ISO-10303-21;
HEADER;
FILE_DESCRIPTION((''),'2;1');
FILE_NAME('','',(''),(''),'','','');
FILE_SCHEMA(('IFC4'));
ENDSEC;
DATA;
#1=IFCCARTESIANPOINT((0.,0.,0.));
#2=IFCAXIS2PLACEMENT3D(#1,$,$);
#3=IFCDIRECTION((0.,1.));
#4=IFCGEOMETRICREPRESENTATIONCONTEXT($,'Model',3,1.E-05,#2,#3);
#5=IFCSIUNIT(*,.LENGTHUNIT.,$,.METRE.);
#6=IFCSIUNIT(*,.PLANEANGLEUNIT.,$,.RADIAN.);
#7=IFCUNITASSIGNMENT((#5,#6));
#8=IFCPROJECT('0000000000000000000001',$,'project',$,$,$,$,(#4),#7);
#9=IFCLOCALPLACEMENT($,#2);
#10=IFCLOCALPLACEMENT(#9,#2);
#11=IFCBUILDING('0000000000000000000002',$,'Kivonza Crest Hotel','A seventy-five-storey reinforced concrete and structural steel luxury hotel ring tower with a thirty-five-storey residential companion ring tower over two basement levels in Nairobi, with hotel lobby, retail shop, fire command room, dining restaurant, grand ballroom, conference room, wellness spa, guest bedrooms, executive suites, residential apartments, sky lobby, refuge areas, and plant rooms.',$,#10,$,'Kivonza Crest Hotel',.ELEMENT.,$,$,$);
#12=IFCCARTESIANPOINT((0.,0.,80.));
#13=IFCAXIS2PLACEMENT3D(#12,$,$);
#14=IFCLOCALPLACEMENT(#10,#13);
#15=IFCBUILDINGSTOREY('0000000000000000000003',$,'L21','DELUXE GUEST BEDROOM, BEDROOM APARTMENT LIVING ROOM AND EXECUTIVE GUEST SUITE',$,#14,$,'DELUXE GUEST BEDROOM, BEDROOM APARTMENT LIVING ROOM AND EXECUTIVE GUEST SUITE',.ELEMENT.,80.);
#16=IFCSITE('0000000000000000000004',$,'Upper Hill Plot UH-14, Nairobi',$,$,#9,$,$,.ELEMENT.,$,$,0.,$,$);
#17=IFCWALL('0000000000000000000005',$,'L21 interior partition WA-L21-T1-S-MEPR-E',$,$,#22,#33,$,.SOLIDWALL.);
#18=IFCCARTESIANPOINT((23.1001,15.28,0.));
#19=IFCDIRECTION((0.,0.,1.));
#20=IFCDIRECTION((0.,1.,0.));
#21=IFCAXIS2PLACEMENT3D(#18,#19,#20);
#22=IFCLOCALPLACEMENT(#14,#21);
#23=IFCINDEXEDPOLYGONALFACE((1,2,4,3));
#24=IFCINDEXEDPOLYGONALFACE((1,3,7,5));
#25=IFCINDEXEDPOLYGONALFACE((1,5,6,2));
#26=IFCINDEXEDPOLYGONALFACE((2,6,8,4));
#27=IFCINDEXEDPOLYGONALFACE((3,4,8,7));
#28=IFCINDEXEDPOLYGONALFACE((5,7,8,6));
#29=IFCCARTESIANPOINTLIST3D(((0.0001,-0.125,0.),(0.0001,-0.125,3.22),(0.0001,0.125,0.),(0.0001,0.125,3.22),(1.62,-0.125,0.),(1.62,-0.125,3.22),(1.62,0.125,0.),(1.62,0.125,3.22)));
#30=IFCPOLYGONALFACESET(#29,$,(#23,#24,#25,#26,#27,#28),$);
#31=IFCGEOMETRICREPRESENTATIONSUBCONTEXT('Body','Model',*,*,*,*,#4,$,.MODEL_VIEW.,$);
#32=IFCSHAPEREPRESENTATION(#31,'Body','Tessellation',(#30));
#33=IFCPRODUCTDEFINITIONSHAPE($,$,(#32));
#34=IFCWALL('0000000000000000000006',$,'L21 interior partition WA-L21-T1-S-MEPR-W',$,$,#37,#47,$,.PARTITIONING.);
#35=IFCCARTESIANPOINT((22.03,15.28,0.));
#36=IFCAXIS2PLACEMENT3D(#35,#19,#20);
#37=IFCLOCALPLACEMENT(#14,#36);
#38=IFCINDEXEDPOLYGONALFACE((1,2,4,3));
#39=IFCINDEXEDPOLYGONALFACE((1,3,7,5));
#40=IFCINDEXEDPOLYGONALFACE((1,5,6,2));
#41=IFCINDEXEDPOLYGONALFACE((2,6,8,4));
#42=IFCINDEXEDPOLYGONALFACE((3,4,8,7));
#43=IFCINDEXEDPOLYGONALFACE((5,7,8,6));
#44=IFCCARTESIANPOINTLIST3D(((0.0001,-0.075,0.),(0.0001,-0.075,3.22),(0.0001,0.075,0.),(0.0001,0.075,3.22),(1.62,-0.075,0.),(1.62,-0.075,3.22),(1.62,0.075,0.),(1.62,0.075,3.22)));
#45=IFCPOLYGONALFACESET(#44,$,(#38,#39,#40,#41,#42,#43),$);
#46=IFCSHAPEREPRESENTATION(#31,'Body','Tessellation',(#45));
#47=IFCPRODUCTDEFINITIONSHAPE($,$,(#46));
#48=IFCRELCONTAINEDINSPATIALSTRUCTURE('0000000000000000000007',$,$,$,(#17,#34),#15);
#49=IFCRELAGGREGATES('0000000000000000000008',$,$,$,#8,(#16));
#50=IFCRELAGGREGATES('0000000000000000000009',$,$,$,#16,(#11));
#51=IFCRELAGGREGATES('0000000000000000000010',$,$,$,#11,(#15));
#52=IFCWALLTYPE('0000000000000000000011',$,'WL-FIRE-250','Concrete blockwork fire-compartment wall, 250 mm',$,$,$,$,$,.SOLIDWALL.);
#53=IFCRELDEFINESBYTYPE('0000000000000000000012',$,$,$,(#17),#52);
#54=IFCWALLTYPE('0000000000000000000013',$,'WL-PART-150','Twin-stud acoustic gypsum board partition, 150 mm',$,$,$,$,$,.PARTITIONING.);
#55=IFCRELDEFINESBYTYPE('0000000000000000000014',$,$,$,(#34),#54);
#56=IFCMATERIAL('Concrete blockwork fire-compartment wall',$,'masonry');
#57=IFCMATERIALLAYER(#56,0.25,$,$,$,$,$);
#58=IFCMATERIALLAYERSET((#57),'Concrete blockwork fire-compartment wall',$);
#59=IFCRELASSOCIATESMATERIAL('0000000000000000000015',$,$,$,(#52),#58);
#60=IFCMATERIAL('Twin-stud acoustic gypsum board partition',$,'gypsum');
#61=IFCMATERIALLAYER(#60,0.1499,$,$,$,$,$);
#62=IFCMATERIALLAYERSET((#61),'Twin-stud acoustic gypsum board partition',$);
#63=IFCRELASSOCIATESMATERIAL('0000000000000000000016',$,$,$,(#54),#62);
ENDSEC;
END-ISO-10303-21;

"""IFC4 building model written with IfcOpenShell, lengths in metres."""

from ifc_helpers import new_model, si_unit, direction, frame, frame_2d, origin, place, context, subcontext, project, spatial, rectangle, extrude, material, layer, layer_set, type_object, element, save


model = new_model("IFC4")

# Units and contexts
model_context = context("Model", 3, precision=1e-05, world=origin(), true_north=direction((0.0, 1.0)))
body_context = subcontext(model_context, "Body", "Model", "MODEL_VIEW")
ifc_project = project(units=[si_unit("LENGTHUNIT", "METRE"), si_unit("PLANEANGLEUNIT", "RADIAN")], contexts=[model_context])

# Site, building, storey
site_placement = place(None, origin())
site = spatial("IfcSite", under=ifc_project, at=site_placement, Name="Upper Hill Plot UH-14, Nairobi", CompositionType="ELEMENT", RefElevation=0.0)
building_placement = place(site_placement, origin())
building = spatial("IfcBuilding", under=site, at=building_placement, Name="Kivonza Crest Hotel", Description="A seventy-five-storey reinforced concrete and structural steel luxury hotel ring tower with a thirty-five-storey residential companion ring tower over two basement levels in Nairobi, with hotel lobby, retail shop, fire command room, dining restaurant, grand ballroom, conference room, wellness spa, guest bedrooms, executive suites, residential apartments, sky lobby, refuge areas, and plant rooms.", LongName="Kivonza Crest Hotel", CompositionType="ELEMENT")
storey_placement = place(building_placement, frame((0.0, 0.0, 80.0)))
storey = spatial("IfcBuildingStorey", under=building, at=storey_placement, Name="L21", Description="DELUXE GUEST BEDROOM, BEDROOM APARTMENT LIVING ROOM AND EXECUTIVE GUEST SUITE", LongName="DELUXE GUEST BEDROOM, BEDROOM APARTMENT LIVING ROOM AND EXECUTIVE GUEST SUITE", CompositionType="ELEMENT", Elevation=80.0)

# Wall
ifc_material_1 = material(Name="Concrete blockwork fire-compartment wall", Category="masonry")
ifc_layer_1 = layer(ifc_material_1, 0.25)
ifc_layer_set_1 = layer_set([ifc_layer_1], Name="Concrete blockwork fire-compartment wall")
wall_type_1 = type_object("IfcWallType", Name="WL-FIRE-250", Description="Concrete blockwork fire-compartment wall, 250 mm", PredefinedType="SOLIDWALL", material=ifc_layer_set_1)
wall_1_placement = place(storey_placement, frame((23.1001, 15.28, 0.0), z_axis=(0.0, 0.0, 1.0), x_axis=(0.0, 1.0, 0.0)))
element("IfcWall", 1, at=wall_1_placement, inside=storey, type_object=wall_type_1, Name="L21 interior partition WA-L21-T1-S-MEPR-E", PredefinedType="SOLIDWALL", context=body_context, shape_type="SweptSolid", body=[
    extrude(rectangle(XDim=1.6199, YDim=0.25, at=frame_2d((0.8101, 0.0))), origin(), (0.0, 0.0, 1.0), 3.22),
])

# Wall
ifc_material_2 = material(Name="Twin-stud acoustic gypsum board partition", Category="gypsum")
ifc_layer_2 = layer(ifc_material_2, 0.1499)
ifc_layer_set_2 = layer_set([ifc_layer_2], Name="Twin-stud acoustic gypsum board partition")
wall_type_2 = type_object("IfcWallType", Name="WL-PART-150", Description="Twin-stud acoustic gypsum board partition, 150 mm", PredefinedType="PARTITIONING", material=ifc_layer_set_2)
wall_2_placement = place(storey_placement, frame((22.03, 15.28, 0.0), z_axis=(0.0, 0.0, 1.0), x_axis=(0.0, 1.0, 0.0)))
element("IfcWall", 2, at=wall_2_placement, inside=storey, type_object=wall_type_2, Name="L21 interior partition WA-L21-T1-S-MEPR-W", PredefinedType="PARTITIONING", context=body_context, shape_type="SweptSolid", body=[
    extrude(rectangle(XDim=1.6199, YDim=0.1499, at=frame_2d((0.8101, 0.0))), origin(), (0.0, 0.0, 1.0), 3.22),
])

save(model, "model.ifc")
